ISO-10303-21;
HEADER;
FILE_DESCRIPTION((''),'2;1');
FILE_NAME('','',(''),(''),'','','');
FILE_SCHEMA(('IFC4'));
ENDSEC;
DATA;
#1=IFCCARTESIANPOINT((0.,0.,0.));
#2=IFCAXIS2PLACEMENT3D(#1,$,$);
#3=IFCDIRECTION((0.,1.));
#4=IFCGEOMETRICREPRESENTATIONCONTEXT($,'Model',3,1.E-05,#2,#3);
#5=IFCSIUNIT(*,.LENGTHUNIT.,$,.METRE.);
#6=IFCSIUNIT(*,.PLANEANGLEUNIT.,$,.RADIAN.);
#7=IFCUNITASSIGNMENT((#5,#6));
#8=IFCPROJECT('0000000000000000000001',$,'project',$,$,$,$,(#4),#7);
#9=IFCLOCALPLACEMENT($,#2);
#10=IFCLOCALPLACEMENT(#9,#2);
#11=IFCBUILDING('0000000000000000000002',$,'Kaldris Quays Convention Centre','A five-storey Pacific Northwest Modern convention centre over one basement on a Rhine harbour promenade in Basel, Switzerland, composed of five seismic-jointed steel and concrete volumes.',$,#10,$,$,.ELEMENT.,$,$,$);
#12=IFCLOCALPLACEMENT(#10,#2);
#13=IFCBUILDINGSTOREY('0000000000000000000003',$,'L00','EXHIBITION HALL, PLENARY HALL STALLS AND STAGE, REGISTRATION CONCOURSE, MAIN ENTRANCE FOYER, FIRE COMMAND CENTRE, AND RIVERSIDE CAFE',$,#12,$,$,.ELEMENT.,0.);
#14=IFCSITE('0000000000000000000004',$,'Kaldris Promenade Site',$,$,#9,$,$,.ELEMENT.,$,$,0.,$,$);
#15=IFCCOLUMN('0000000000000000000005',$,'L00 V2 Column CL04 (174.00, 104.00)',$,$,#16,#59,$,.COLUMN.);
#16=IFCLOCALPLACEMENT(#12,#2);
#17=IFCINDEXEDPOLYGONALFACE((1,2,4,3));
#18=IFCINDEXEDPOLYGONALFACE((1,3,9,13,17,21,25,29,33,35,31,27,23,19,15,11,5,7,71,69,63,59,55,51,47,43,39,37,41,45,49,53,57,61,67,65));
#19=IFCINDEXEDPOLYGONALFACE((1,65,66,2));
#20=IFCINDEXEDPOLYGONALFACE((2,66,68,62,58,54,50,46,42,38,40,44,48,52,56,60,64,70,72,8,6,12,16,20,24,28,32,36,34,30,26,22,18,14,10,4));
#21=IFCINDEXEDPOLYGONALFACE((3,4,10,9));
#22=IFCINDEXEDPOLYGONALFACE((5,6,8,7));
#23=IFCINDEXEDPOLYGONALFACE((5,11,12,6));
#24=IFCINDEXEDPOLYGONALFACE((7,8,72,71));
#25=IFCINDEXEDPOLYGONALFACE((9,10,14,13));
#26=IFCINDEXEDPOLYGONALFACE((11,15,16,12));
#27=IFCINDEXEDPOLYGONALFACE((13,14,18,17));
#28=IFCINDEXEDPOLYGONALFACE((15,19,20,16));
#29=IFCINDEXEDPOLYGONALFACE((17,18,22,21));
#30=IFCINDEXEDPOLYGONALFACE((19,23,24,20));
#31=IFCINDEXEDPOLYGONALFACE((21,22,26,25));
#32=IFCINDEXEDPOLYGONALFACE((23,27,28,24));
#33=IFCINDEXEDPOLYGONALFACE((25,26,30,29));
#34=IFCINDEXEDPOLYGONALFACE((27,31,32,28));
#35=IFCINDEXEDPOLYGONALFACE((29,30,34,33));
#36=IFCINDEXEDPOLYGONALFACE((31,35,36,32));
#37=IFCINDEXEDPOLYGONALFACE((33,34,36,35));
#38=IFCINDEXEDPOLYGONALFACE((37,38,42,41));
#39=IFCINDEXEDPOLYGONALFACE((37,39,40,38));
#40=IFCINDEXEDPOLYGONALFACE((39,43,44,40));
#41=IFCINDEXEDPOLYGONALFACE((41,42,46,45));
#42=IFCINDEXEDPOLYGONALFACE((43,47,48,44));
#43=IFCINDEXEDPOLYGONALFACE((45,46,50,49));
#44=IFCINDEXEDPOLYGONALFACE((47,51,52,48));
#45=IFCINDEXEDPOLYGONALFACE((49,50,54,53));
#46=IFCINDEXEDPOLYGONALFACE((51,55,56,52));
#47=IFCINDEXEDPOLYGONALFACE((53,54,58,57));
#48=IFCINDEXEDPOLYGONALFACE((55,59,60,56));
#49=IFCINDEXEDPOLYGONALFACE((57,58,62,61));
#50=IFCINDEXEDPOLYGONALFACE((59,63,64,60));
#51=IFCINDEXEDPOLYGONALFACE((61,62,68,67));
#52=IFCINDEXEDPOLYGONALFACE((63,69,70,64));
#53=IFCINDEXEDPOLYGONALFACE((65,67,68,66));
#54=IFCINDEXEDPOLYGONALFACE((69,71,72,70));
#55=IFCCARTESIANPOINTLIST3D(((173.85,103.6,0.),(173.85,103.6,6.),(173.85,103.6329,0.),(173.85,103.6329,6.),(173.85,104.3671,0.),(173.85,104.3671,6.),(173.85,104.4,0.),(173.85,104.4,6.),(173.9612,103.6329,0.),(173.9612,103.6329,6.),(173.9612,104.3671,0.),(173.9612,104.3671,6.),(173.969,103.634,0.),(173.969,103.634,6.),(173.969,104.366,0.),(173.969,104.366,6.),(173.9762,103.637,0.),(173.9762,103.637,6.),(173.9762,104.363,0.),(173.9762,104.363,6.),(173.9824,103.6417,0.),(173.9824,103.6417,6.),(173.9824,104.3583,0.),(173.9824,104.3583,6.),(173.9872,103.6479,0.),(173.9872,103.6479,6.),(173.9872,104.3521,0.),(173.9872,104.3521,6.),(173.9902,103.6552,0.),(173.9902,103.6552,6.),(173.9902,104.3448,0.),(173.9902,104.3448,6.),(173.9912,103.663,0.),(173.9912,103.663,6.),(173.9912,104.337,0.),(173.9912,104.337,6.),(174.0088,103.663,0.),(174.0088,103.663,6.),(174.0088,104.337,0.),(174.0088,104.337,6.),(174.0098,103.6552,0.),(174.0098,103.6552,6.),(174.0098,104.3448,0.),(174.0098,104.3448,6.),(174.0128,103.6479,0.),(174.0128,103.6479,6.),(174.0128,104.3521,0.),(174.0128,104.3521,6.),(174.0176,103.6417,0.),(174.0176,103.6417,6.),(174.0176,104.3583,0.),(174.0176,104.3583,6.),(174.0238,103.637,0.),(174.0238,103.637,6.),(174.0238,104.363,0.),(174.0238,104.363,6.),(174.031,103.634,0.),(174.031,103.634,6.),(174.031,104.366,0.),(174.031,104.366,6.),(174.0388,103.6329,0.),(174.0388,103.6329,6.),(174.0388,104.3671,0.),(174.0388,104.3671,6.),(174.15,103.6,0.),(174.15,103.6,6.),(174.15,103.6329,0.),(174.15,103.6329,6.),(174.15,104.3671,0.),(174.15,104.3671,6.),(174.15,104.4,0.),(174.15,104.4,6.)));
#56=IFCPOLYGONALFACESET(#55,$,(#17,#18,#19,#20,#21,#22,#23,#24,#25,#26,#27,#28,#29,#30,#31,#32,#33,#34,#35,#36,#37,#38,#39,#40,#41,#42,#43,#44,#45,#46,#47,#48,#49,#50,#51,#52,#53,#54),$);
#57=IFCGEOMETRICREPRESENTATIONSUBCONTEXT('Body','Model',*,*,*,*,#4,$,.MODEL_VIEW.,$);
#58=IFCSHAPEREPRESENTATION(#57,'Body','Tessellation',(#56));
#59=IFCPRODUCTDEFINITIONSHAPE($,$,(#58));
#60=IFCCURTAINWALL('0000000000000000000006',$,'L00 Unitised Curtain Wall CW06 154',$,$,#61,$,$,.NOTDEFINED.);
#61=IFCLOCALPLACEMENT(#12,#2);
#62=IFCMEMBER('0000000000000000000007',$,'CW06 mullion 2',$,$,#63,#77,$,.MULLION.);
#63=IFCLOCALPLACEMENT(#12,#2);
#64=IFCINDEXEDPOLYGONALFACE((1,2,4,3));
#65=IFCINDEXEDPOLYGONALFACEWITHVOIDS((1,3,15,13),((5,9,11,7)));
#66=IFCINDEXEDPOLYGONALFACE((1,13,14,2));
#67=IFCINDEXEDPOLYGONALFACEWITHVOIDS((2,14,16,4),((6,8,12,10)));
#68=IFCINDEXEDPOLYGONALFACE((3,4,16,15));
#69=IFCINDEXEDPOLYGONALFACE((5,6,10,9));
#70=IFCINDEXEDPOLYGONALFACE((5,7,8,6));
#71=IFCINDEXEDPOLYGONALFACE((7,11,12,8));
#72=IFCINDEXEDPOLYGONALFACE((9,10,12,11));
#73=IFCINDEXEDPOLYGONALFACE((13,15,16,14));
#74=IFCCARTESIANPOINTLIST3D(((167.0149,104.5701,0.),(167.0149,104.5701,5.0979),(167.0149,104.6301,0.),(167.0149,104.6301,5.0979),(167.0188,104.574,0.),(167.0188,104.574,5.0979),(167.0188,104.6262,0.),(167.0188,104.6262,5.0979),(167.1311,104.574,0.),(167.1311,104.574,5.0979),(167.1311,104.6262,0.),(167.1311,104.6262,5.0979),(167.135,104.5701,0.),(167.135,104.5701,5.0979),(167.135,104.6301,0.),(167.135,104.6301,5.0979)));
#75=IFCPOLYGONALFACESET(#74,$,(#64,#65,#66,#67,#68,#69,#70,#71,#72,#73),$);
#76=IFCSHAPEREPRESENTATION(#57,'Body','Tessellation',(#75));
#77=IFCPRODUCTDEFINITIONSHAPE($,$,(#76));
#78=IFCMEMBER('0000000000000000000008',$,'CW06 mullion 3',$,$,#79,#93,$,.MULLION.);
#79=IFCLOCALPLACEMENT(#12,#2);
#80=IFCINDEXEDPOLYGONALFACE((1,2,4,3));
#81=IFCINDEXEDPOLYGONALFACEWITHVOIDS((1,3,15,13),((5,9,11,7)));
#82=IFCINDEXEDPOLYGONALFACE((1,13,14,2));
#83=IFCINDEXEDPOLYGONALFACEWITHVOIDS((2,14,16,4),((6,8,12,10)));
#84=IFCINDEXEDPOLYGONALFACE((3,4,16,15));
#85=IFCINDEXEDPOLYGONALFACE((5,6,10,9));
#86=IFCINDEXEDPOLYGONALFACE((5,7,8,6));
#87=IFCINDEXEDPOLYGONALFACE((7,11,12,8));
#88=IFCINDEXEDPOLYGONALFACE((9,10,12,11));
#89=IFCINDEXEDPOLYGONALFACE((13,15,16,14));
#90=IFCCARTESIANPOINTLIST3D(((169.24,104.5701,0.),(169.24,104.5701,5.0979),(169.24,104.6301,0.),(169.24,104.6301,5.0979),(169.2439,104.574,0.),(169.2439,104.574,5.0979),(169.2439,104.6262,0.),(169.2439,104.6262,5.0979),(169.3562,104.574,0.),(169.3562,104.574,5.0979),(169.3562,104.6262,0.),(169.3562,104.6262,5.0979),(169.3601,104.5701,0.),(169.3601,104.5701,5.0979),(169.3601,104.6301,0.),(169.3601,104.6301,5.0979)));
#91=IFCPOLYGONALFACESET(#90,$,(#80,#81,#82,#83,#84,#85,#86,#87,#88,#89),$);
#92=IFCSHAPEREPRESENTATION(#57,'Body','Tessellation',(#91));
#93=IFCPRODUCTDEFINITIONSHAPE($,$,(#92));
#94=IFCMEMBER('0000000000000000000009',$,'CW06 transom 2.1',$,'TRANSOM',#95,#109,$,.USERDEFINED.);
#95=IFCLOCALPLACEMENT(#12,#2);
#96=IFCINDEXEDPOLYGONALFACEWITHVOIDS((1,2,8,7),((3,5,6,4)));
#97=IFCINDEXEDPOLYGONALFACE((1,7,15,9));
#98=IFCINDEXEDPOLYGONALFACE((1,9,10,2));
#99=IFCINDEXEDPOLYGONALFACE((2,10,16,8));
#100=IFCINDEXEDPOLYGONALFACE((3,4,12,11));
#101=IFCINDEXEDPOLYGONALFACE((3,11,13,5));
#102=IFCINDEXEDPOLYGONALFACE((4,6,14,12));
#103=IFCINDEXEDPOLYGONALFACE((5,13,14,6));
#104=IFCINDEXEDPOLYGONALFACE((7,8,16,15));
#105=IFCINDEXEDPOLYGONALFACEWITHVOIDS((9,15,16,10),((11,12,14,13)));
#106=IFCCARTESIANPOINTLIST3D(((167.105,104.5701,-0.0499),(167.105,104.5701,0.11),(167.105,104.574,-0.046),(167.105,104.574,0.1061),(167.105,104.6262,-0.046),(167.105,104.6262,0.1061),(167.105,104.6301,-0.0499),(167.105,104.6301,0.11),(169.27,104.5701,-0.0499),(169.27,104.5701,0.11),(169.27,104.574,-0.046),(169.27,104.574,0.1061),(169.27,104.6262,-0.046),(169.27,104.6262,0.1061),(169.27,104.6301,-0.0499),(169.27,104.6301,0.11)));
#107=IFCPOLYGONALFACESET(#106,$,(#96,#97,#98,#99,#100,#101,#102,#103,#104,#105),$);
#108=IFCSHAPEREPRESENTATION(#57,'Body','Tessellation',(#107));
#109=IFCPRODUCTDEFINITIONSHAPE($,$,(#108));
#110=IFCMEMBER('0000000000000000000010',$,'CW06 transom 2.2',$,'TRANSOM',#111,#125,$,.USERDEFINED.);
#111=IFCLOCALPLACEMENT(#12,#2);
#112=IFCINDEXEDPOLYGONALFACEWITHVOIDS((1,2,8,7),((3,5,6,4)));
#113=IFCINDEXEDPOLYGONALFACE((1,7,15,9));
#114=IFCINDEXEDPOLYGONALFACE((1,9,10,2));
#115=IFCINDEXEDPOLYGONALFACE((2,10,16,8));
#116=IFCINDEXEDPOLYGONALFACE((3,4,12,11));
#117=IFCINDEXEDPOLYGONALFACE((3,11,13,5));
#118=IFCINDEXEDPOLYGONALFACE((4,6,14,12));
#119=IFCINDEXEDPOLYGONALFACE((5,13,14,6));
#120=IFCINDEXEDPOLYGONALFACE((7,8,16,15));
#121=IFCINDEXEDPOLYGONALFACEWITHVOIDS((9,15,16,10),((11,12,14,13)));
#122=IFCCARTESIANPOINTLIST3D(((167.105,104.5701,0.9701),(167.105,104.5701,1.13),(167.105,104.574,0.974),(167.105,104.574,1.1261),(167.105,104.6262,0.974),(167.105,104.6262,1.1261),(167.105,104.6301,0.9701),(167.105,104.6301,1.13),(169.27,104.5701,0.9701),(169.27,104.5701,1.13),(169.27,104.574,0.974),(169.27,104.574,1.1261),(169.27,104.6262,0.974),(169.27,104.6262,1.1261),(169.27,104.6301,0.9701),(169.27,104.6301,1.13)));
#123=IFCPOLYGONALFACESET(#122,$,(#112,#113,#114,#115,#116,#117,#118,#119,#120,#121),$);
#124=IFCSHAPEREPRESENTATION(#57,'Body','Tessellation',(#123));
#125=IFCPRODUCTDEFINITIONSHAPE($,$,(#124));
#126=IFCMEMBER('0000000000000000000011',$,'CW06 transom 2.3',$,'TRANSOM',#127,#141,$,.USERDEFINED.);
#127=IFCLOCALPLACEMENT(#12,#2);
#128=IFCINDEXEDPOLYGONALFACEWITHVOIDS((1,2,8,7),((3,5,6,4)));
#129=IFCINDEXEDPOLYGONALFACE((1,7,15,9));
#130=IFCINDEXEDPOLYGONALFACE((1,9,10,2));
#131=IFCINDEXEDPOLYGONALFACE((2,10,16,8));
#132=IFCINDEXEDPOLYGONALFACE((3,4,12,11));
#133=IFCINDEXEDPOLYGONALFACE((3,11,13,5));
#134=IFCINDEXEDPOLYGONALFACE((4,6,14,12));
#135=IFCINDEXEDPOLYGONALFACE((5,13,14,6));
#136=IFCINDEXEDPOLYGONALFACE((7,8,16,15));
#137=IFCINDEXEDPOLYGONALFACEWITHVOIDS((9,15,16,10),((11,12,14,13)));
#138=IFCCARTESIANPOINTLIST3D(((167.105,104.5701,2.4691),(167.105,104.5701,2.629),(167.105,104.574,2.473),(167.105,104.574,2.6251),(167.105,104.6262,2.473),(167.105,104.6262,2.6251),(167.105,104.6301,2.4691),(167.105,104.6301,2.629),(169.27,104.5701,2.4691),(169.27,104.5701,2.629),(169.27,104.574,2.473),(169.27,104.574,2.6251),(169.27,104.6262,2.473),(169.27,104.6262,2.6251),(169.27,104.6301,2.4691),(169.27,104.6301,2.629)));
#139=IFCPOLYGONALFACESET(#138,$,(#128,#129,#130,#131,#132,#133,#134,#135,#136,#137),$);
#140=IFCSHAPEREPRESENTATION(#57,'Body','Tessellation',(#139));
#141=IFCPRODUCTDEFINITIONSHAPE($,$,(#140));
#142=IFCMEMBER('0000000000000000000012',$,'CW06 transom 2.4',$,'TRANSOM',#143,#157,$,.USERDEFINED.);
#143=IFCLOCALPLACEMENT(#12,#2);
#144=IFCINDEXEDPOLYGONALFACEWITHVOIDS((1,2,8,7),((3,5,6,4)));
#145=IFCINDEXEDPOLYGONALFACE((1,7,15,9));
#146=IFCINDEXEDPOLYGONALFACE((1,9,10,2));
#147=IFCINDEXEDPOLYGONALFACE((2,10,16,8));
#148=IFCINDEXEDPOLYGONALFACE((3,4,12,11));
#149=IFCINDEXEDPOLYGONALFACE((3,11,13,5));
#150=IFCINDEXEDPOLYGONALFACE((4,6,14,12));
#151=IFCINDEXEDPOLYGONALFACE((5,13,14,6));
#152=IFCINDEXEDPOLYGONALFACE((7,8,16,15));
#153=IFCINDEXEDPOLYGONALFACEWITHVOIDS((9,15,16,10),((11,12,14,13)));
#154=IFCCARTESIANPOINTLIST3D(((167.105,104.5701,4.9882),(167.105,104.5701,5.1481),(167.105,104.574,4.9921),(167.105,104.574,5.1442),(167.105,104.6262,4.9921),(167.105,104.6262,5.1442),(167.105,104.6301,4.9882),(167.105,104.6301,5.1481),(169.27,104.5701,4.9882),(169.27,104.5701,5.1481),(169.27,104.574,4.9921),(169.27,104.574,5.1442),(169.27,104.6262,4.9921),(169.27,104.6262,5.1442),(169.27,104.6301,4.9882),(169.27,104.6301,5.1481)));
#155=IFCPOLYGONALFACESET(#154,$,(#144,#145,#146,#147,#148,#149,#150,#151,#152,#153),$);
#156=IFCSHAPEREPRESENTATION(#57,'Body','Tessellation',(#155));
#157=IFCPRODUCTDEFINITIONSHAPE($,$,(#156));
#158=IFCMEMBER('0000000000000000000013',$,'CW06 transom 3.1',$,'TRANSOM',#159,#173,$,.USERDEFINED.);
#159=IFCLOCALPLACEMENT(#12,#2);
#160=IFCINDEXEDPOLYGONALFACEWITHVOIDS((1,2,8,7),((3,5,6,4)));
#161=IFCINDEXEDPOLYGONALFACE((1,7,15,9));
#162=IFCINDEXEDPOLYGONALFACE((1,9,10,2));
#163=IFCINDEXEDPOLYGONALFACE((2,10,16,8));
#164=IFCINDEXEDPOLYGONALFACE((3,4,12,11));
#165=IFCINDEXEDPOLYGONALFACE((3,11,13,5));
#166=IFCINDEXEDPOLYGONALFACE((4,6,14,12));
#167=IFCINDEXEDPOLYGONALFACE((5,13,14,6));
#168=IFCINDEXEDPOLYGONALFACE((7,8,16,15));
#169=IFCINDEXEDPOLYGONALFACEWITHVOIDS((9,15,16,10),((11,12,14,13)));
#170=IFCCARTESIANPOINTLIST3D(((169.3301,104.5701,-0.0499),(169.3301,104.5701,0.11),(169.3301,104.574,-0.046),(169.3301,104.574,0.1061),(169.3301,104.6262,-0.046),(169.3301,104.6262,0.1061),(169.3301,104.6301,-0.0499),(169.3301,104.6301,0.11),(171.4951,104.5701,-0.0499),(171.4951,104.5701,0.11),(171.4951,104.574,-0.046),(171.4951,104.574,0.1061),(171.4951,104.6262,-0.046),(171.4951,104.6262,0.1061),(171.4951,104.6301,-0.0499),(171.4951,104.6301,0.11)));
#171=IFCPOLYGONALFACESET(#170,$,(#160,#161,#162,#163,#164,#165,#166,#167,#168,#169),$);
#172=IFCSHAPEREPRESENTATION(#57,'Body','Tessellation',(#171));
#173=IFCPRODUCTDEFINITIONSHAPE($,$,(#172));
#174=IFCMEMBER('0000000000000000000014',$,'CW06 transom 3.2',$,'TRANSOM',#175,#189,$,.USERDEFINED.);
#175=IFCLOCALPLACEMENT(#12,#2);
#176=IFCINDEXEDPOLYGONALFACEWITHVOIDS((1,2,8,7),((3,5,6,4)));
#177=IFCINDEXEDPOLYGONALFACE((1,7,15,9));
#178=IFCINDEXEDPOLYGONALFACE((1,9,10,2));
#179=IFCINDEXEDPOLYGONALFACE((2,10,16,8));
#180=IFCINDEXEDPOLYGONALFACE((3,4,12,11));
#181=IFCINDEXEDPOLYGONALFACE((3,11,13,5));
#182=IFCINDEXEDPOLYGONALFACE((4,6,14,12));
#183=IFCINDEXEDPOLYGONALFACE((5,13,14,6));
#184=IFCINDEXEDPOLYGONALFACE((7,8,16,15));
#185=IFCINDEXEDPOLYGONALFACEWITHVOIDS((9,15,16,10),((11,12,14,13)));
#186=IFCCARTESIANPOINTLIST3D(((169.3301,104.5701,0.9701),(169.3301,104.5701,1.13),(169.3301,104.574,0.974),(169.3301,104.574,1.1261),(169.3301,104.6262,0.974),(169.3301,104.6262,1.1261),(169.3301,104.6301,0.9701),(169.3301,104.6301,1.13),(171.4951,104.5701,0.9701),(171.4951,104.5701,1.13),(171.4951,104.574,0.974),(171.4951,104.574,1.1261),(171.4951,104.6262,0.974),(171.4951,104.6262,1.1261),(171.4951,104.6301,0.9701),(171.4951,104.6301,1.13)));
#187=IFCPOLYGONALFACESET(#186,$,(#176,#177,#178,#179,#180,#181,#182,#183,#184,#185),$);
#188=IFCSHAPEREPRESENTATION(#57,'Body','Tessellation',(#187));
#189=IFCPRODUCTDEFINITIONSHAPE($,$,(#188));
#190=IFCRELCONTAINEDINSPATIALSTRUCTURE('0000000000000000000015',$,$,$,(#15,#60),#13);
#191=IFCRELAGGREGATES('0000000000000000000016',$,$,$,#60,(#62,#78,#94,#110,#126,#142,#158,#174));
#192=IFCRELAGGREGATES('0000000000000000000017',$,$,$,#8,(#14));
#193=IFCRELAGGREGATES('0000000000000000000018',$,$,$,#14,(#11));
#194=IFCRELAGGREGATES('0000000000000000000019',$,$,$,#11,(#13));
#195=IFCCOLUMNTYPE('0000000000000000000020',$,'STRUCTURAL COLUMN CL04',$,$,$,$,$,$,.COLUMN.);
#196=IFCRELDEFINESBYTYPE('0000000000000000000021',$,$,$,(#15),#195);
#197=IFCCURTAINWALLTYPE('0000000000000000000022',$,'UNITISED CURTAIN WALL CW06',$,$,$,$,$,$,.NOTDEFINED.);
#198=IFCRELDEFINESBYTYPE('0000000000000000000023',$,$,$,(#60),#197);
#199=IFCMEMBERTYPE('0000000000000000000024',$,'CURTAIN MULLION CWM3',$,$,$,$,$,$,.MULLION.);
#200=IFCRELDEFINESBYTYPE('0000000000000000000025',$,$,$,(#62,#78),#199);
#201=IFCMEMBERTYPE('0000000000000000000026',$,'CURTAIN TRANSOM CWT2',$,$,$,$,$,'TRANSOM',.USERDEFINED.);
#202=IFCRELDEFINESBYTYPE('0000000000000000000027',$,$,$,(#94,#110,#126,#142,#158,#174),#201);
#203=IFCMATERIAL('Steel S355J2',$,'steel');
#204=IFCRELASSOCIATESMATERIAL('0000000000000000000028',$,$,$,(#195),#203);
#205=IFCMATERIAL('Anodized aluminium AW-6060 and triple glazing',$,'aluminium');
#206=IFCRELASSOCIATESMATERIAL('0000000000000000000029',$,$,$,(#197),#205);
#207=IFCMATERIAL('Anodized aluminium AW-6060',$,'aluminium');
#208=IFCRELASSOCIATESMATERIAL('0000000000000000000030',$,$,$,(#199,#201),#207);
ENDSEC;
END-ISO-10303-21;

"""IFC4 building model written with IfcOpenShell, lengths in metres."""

from ifc_helpers import new_model, si_unit, direction, frame, origin, origin_2d, place, context, subcontext, project, spatial, hollow_rectangle, i_section, extrude, material, material_profile, profile_set, type_object, element, aggregate, save


model = new_model("IFC4")

# Units and contexts
model_context = context("Model", 3, precision=1e-05, world=origin(), true_north=direction((0.0, 1.0)))
body_context = subcontext(model_context, "Body", "Model", "MODEL_VIEW")
ifc_project = project(units=[si_unit("LENGTHUNIT", "METRE"), si_unit("PLANEANGLEUNIT", "RADIAN")], contexts=[model_context])

# Site, building, storey
site_placement = place(None, origin())
site = spatial("IfcSite", under=ifc_project, at=site_placement, Name="Kaldris Promenade Site", CompositionType="ELEMENT", RefElevation=0.0)
building_placement = place(site_placement, origin())
building = spatial("IfcBuilding", under=site, at=building_placement, Name="Kaldris Quays Convention Centre", Description="A five-storey Pacific Northwest Modern convention centre over one basement on a Rhine harbour promenade in Basel, Switzerland, composed of five seismic-jointed steel and concrete volumes.", CompositionType="ELEMENT")
storey_placement = place(building_placement, origin())
storey = spatial("IfcBuildingStorey", under=building, at=storey_placement, Name="L00", Description="EXHIBITION HALL, PLENARY HALL STALLS AND STAGE, REGISTRATION CONCOURSE, MAIN ENTRANCE FOYER, FIRE COMMAND CENTRE, AND RIVERSIDE CAFE", CompositionType="ELEMENT", Elevation=0.0)

# Column
ifc_material_1 = material(Name="Steel S355J2", Category="steel")
ifc_material_profile_1 = material_profile(ifc_material_1, i_section(OverallWidth=0.3, OverallDepth=0.8, WebThickness=0.0176, FlangeThickness=0.033, FilletRadius=0.03, at=origin_2d()), Name="HEB 800")
ifc_profile_set_1 = profile_set([ifc_material_profile_1], Name="Steel S355J2")
column_type = type_object("IfcColumnType", Name="STRUCTURAL COLUMN CL04", PredefinedType="COLUMN", material=ifc_profile_set_1)
column_placement = place(storey_placement, frame((174.0, 104.0, 0.0), z_axis=(0.0, 0.0, 1.0), x_axis=(1.0, 0.0, 0.0)))
element("IfcColumn", 1, at=column_placement, inside=storey, type_object=column_type, Name="L00 V2 Column CL04 (174.00, 104.00)", PredefinedType="COLUMN", context=body_context, shape_type="SweptSolid", body=[
    extrude(i_section(OverallWidth=0.3, OverallDepth=0.8, WebThickness=0.0176, FlangeThickness=0.033, FilletRadius=0.03, at=origin_2d()), origin(), (0.0, 0.0, 1.0), 6.0),
])

# Curtain wall, members
ifc_material_2 = material(Name="Anodized aluminium AW-6060 and triple glazing", Category="aluminium")
curtain_wall_type = type_object("IfcCurtainWallType", Name="UNITISED CURTAIN WALL CW06", PredefinedType="NOTDEFINED", material=ifc_material_2)
curtain_wall_placement = place(storey_placement, origin())
curtain_wall = element("IfcCurtainWall", 2, at=curtain_wall_placement, inside=storey, type_object=curtain_wall_type, Name="L00 Unitised Curtain Wall CW06 154", PredefinedType="NOTDEFINED")
ifc_material_3 = material(Name="Anodized aluminium AW-6060", Category="aluminium")
ifc_material_profile_2 = material_profile(ifc_material_3, hollow_rectangle(XDim=0.0601, YDim=0.1201, WallThickness=0.0039, at=origin_2d()), Name="RHS 120x60x4")
ifc_profile_set_2 = profile_set([ifc_material_profile_2], Name="Anodized aluminium AW-6060")
member_type_1 = type_object("IfcMemberType", Name="CURTAIN MULLION CWM3", PredefinedType="MULLION", material=ifc_profile_set_2)
member_1_placement = place(storey_placement, frame((167.075, 104.6001, 0.0), z_axis=(0.0, 0.0, 1.0), x_axis=(0.0, 1.0, 0.0)))
member_1 = element("IfcMember", 3, at=member_1_placement, type_object=member_type_1, Name="CW06 mullion 2", PredefinedType="MULLION", context=body_context, shape_type="SweptSolid", body=[
    extrude(hollow_rectangle(XDim=0.0601, YDim=0.1201, WallThickness=0.0039, at=origin_2d()), origin(), (0.0, 0.0, 1.0), 5.0979),
])
member_2_placement = place(storey_placement, frame((169.3, 104.6001, 0.0), z_axis=(0.0, 0.0, 1.0), x_axis=(0.0, 1.0, 0.0)))
member_2 = element("IfcMember", 4, at=member_2_placement, type_object=member_type_1, Name="CW06 mullion 3", PredefinedType="MULLION", context=body_context, shape_type="SweptSolid", body=[
    extrude(hollow_rectangle(XDim=0.0601, YDim=0.1201, WallThickness=0.0039, at=origin_2d()), origin(), (0.0, 0.0, 1.0), 5.0979),
])
ifc_material_profile_3 = material_profile(ifc_material_3, hollow_rectangle(XDim=0.0601, YDim=0.1599, WallThickness=0.0039, at=origin_2d()), Name="RHS 160x60x4")
ifc_profile_set_3 = profile_set([ifc_material_profile_3], Name="Anodized aluminium AW-6060")
member_type_2 = type_object("IfcMemberType", Name="CURTAIN TRANSOM CWT2", ElementType="TRANSOM", PredefinedType="USERDEFINED", material=ifc_profile_set_3)
member_3_placement = place(storey_placement, frame((167.105, 104.6001, 0.03), z_axis=(1.0, 0.0, 0.0), x_axis=(0.0, 1.0, 0.0)))
member_3 = element("IfcMember", 5, at=member_3_placement, type_object=member_type_2, Name="CW06 transom 2.1", ObjectType="TRANSOM", PredefinedType="USERDEFINED", context=body_context, shape_type="SweptSolid", body=[
    extrude(hollow_rectangle(XDim=0.0601, YDim=0.1599, WallThickness=0.0039, at=origin_2d()), origin(), (0.0, 0.0, 1.0), 2.165),
])
member_4_placement = place(storey_placement, frame((167.105, 104.6001, 1.05), z_axis=(1.0, 0.0, 0.0), x_axis=(0.0, 1.0, 0.0)))
member_4 = element("IfcMember", 6, at=member_4_placement, type_object=member_type_2, Name="CW06 transom 2.2", ObjectType="TRANSOM", PredefinedType="USERDEFINED", context=body_context, shape_type="SweptSolid", body=[
    extrude(hollow_rectangle(XDim=0.0601, YDim=0.1599, WallThickness=0.0039, at=origin_2d()), origin(), (0.0, 0.0, 1.0), 2.165),
])
member_5_placement = place(storey_placement, frame((167.105, 104.6001, 2.5491), z_axis=(1.0, 0.0, 0.0), x_axis=(0.0, 1.0, 0.0)))
member_5 = element("IfcMember", 7, at=member_5_placement, type_object=member_type_2, Name="CW06 transom 2.3", ObjectType="TRANSOM", PredefinedType="USERDEFINED", context=body_context, shape_type="SweptSolid", body=[
    extrude(hollow_rectangle(XDim=0.0601, YDim=0.1599, WallThickness=0.0039, at=origin_2d()), origin(), (0.0, 0.0, 1.0), 2.165),
])
member_6_placement = place(storey_placement, frame((167.105, 104.6001, 5.0681), z_axis=(1.0, 0.0, 0.0), x_axis=(0.0, 1.0, 0.0)))
member_6 = element("IfcMember", 8, at=member_6_placement, type_object=member_type_2, Name="CW06 transom 2.4", ObjectType="TRANSOM", PredefinedType="USERDEFINED", context=body_context, shape_type="SweptSolid", body=[
    extrude(hollow_rectangle(XDim=0.0601, YDim=0.1599, WallThickness=0.0039, at=origin_2d()), origin(), (0.0, 0.0, 1.0), 2.165),
])
member_7_placement = place(storey_placement, frame((169.3301, 104.6001, 0.03), z_axis=(1.0, 0.0, 0.0), x_axis=(0.0, 1.0, 0.0)))
member_7 = element("IfcMember", 9, at=member_7_placement, type_object=member_type_2, Name="CW06 transom 3.1", ObjectType="TRANSOM", PredefinedType="USERDEFINED", context=body_context, shape_type="SweptSolid", body=[
    extrude(hollow_rectangle(XDim=0.0601, YDim=0.1599, WallThickness=0.0039, at=origin_2d()), origin(), (0.0, 0.0, 1.0), 2.165),
])
member_8_placement = place(storey_placement, frame((169.3301, 104.6001, 1.05), z_axis=(1.0, 0.0, 0.0), x_axis=(0.0, 1.0, 0.0)))
member_8 = element("IfcMember", 10, at=member_8_placement, type_object=member_type_2, Name="CW06 transom 3.2", ObjectType="TRANSOM", PredefinedType="USERDEFINED", context=body_context, shape_type="SweptSolid", body=[
    extrude(hollow_rectangle(XDim=0.0601, YDim=0.1599, WallThickness=0.0039, at=origin_2d()), origin(), (0.0, 0.0, 1.0), 2.165),
])

aggregate(curtain_wall, [member_1, member_2, member_3, member_4, member_5, member_6, member_7, member_8])

save(model, "model.ifc")
